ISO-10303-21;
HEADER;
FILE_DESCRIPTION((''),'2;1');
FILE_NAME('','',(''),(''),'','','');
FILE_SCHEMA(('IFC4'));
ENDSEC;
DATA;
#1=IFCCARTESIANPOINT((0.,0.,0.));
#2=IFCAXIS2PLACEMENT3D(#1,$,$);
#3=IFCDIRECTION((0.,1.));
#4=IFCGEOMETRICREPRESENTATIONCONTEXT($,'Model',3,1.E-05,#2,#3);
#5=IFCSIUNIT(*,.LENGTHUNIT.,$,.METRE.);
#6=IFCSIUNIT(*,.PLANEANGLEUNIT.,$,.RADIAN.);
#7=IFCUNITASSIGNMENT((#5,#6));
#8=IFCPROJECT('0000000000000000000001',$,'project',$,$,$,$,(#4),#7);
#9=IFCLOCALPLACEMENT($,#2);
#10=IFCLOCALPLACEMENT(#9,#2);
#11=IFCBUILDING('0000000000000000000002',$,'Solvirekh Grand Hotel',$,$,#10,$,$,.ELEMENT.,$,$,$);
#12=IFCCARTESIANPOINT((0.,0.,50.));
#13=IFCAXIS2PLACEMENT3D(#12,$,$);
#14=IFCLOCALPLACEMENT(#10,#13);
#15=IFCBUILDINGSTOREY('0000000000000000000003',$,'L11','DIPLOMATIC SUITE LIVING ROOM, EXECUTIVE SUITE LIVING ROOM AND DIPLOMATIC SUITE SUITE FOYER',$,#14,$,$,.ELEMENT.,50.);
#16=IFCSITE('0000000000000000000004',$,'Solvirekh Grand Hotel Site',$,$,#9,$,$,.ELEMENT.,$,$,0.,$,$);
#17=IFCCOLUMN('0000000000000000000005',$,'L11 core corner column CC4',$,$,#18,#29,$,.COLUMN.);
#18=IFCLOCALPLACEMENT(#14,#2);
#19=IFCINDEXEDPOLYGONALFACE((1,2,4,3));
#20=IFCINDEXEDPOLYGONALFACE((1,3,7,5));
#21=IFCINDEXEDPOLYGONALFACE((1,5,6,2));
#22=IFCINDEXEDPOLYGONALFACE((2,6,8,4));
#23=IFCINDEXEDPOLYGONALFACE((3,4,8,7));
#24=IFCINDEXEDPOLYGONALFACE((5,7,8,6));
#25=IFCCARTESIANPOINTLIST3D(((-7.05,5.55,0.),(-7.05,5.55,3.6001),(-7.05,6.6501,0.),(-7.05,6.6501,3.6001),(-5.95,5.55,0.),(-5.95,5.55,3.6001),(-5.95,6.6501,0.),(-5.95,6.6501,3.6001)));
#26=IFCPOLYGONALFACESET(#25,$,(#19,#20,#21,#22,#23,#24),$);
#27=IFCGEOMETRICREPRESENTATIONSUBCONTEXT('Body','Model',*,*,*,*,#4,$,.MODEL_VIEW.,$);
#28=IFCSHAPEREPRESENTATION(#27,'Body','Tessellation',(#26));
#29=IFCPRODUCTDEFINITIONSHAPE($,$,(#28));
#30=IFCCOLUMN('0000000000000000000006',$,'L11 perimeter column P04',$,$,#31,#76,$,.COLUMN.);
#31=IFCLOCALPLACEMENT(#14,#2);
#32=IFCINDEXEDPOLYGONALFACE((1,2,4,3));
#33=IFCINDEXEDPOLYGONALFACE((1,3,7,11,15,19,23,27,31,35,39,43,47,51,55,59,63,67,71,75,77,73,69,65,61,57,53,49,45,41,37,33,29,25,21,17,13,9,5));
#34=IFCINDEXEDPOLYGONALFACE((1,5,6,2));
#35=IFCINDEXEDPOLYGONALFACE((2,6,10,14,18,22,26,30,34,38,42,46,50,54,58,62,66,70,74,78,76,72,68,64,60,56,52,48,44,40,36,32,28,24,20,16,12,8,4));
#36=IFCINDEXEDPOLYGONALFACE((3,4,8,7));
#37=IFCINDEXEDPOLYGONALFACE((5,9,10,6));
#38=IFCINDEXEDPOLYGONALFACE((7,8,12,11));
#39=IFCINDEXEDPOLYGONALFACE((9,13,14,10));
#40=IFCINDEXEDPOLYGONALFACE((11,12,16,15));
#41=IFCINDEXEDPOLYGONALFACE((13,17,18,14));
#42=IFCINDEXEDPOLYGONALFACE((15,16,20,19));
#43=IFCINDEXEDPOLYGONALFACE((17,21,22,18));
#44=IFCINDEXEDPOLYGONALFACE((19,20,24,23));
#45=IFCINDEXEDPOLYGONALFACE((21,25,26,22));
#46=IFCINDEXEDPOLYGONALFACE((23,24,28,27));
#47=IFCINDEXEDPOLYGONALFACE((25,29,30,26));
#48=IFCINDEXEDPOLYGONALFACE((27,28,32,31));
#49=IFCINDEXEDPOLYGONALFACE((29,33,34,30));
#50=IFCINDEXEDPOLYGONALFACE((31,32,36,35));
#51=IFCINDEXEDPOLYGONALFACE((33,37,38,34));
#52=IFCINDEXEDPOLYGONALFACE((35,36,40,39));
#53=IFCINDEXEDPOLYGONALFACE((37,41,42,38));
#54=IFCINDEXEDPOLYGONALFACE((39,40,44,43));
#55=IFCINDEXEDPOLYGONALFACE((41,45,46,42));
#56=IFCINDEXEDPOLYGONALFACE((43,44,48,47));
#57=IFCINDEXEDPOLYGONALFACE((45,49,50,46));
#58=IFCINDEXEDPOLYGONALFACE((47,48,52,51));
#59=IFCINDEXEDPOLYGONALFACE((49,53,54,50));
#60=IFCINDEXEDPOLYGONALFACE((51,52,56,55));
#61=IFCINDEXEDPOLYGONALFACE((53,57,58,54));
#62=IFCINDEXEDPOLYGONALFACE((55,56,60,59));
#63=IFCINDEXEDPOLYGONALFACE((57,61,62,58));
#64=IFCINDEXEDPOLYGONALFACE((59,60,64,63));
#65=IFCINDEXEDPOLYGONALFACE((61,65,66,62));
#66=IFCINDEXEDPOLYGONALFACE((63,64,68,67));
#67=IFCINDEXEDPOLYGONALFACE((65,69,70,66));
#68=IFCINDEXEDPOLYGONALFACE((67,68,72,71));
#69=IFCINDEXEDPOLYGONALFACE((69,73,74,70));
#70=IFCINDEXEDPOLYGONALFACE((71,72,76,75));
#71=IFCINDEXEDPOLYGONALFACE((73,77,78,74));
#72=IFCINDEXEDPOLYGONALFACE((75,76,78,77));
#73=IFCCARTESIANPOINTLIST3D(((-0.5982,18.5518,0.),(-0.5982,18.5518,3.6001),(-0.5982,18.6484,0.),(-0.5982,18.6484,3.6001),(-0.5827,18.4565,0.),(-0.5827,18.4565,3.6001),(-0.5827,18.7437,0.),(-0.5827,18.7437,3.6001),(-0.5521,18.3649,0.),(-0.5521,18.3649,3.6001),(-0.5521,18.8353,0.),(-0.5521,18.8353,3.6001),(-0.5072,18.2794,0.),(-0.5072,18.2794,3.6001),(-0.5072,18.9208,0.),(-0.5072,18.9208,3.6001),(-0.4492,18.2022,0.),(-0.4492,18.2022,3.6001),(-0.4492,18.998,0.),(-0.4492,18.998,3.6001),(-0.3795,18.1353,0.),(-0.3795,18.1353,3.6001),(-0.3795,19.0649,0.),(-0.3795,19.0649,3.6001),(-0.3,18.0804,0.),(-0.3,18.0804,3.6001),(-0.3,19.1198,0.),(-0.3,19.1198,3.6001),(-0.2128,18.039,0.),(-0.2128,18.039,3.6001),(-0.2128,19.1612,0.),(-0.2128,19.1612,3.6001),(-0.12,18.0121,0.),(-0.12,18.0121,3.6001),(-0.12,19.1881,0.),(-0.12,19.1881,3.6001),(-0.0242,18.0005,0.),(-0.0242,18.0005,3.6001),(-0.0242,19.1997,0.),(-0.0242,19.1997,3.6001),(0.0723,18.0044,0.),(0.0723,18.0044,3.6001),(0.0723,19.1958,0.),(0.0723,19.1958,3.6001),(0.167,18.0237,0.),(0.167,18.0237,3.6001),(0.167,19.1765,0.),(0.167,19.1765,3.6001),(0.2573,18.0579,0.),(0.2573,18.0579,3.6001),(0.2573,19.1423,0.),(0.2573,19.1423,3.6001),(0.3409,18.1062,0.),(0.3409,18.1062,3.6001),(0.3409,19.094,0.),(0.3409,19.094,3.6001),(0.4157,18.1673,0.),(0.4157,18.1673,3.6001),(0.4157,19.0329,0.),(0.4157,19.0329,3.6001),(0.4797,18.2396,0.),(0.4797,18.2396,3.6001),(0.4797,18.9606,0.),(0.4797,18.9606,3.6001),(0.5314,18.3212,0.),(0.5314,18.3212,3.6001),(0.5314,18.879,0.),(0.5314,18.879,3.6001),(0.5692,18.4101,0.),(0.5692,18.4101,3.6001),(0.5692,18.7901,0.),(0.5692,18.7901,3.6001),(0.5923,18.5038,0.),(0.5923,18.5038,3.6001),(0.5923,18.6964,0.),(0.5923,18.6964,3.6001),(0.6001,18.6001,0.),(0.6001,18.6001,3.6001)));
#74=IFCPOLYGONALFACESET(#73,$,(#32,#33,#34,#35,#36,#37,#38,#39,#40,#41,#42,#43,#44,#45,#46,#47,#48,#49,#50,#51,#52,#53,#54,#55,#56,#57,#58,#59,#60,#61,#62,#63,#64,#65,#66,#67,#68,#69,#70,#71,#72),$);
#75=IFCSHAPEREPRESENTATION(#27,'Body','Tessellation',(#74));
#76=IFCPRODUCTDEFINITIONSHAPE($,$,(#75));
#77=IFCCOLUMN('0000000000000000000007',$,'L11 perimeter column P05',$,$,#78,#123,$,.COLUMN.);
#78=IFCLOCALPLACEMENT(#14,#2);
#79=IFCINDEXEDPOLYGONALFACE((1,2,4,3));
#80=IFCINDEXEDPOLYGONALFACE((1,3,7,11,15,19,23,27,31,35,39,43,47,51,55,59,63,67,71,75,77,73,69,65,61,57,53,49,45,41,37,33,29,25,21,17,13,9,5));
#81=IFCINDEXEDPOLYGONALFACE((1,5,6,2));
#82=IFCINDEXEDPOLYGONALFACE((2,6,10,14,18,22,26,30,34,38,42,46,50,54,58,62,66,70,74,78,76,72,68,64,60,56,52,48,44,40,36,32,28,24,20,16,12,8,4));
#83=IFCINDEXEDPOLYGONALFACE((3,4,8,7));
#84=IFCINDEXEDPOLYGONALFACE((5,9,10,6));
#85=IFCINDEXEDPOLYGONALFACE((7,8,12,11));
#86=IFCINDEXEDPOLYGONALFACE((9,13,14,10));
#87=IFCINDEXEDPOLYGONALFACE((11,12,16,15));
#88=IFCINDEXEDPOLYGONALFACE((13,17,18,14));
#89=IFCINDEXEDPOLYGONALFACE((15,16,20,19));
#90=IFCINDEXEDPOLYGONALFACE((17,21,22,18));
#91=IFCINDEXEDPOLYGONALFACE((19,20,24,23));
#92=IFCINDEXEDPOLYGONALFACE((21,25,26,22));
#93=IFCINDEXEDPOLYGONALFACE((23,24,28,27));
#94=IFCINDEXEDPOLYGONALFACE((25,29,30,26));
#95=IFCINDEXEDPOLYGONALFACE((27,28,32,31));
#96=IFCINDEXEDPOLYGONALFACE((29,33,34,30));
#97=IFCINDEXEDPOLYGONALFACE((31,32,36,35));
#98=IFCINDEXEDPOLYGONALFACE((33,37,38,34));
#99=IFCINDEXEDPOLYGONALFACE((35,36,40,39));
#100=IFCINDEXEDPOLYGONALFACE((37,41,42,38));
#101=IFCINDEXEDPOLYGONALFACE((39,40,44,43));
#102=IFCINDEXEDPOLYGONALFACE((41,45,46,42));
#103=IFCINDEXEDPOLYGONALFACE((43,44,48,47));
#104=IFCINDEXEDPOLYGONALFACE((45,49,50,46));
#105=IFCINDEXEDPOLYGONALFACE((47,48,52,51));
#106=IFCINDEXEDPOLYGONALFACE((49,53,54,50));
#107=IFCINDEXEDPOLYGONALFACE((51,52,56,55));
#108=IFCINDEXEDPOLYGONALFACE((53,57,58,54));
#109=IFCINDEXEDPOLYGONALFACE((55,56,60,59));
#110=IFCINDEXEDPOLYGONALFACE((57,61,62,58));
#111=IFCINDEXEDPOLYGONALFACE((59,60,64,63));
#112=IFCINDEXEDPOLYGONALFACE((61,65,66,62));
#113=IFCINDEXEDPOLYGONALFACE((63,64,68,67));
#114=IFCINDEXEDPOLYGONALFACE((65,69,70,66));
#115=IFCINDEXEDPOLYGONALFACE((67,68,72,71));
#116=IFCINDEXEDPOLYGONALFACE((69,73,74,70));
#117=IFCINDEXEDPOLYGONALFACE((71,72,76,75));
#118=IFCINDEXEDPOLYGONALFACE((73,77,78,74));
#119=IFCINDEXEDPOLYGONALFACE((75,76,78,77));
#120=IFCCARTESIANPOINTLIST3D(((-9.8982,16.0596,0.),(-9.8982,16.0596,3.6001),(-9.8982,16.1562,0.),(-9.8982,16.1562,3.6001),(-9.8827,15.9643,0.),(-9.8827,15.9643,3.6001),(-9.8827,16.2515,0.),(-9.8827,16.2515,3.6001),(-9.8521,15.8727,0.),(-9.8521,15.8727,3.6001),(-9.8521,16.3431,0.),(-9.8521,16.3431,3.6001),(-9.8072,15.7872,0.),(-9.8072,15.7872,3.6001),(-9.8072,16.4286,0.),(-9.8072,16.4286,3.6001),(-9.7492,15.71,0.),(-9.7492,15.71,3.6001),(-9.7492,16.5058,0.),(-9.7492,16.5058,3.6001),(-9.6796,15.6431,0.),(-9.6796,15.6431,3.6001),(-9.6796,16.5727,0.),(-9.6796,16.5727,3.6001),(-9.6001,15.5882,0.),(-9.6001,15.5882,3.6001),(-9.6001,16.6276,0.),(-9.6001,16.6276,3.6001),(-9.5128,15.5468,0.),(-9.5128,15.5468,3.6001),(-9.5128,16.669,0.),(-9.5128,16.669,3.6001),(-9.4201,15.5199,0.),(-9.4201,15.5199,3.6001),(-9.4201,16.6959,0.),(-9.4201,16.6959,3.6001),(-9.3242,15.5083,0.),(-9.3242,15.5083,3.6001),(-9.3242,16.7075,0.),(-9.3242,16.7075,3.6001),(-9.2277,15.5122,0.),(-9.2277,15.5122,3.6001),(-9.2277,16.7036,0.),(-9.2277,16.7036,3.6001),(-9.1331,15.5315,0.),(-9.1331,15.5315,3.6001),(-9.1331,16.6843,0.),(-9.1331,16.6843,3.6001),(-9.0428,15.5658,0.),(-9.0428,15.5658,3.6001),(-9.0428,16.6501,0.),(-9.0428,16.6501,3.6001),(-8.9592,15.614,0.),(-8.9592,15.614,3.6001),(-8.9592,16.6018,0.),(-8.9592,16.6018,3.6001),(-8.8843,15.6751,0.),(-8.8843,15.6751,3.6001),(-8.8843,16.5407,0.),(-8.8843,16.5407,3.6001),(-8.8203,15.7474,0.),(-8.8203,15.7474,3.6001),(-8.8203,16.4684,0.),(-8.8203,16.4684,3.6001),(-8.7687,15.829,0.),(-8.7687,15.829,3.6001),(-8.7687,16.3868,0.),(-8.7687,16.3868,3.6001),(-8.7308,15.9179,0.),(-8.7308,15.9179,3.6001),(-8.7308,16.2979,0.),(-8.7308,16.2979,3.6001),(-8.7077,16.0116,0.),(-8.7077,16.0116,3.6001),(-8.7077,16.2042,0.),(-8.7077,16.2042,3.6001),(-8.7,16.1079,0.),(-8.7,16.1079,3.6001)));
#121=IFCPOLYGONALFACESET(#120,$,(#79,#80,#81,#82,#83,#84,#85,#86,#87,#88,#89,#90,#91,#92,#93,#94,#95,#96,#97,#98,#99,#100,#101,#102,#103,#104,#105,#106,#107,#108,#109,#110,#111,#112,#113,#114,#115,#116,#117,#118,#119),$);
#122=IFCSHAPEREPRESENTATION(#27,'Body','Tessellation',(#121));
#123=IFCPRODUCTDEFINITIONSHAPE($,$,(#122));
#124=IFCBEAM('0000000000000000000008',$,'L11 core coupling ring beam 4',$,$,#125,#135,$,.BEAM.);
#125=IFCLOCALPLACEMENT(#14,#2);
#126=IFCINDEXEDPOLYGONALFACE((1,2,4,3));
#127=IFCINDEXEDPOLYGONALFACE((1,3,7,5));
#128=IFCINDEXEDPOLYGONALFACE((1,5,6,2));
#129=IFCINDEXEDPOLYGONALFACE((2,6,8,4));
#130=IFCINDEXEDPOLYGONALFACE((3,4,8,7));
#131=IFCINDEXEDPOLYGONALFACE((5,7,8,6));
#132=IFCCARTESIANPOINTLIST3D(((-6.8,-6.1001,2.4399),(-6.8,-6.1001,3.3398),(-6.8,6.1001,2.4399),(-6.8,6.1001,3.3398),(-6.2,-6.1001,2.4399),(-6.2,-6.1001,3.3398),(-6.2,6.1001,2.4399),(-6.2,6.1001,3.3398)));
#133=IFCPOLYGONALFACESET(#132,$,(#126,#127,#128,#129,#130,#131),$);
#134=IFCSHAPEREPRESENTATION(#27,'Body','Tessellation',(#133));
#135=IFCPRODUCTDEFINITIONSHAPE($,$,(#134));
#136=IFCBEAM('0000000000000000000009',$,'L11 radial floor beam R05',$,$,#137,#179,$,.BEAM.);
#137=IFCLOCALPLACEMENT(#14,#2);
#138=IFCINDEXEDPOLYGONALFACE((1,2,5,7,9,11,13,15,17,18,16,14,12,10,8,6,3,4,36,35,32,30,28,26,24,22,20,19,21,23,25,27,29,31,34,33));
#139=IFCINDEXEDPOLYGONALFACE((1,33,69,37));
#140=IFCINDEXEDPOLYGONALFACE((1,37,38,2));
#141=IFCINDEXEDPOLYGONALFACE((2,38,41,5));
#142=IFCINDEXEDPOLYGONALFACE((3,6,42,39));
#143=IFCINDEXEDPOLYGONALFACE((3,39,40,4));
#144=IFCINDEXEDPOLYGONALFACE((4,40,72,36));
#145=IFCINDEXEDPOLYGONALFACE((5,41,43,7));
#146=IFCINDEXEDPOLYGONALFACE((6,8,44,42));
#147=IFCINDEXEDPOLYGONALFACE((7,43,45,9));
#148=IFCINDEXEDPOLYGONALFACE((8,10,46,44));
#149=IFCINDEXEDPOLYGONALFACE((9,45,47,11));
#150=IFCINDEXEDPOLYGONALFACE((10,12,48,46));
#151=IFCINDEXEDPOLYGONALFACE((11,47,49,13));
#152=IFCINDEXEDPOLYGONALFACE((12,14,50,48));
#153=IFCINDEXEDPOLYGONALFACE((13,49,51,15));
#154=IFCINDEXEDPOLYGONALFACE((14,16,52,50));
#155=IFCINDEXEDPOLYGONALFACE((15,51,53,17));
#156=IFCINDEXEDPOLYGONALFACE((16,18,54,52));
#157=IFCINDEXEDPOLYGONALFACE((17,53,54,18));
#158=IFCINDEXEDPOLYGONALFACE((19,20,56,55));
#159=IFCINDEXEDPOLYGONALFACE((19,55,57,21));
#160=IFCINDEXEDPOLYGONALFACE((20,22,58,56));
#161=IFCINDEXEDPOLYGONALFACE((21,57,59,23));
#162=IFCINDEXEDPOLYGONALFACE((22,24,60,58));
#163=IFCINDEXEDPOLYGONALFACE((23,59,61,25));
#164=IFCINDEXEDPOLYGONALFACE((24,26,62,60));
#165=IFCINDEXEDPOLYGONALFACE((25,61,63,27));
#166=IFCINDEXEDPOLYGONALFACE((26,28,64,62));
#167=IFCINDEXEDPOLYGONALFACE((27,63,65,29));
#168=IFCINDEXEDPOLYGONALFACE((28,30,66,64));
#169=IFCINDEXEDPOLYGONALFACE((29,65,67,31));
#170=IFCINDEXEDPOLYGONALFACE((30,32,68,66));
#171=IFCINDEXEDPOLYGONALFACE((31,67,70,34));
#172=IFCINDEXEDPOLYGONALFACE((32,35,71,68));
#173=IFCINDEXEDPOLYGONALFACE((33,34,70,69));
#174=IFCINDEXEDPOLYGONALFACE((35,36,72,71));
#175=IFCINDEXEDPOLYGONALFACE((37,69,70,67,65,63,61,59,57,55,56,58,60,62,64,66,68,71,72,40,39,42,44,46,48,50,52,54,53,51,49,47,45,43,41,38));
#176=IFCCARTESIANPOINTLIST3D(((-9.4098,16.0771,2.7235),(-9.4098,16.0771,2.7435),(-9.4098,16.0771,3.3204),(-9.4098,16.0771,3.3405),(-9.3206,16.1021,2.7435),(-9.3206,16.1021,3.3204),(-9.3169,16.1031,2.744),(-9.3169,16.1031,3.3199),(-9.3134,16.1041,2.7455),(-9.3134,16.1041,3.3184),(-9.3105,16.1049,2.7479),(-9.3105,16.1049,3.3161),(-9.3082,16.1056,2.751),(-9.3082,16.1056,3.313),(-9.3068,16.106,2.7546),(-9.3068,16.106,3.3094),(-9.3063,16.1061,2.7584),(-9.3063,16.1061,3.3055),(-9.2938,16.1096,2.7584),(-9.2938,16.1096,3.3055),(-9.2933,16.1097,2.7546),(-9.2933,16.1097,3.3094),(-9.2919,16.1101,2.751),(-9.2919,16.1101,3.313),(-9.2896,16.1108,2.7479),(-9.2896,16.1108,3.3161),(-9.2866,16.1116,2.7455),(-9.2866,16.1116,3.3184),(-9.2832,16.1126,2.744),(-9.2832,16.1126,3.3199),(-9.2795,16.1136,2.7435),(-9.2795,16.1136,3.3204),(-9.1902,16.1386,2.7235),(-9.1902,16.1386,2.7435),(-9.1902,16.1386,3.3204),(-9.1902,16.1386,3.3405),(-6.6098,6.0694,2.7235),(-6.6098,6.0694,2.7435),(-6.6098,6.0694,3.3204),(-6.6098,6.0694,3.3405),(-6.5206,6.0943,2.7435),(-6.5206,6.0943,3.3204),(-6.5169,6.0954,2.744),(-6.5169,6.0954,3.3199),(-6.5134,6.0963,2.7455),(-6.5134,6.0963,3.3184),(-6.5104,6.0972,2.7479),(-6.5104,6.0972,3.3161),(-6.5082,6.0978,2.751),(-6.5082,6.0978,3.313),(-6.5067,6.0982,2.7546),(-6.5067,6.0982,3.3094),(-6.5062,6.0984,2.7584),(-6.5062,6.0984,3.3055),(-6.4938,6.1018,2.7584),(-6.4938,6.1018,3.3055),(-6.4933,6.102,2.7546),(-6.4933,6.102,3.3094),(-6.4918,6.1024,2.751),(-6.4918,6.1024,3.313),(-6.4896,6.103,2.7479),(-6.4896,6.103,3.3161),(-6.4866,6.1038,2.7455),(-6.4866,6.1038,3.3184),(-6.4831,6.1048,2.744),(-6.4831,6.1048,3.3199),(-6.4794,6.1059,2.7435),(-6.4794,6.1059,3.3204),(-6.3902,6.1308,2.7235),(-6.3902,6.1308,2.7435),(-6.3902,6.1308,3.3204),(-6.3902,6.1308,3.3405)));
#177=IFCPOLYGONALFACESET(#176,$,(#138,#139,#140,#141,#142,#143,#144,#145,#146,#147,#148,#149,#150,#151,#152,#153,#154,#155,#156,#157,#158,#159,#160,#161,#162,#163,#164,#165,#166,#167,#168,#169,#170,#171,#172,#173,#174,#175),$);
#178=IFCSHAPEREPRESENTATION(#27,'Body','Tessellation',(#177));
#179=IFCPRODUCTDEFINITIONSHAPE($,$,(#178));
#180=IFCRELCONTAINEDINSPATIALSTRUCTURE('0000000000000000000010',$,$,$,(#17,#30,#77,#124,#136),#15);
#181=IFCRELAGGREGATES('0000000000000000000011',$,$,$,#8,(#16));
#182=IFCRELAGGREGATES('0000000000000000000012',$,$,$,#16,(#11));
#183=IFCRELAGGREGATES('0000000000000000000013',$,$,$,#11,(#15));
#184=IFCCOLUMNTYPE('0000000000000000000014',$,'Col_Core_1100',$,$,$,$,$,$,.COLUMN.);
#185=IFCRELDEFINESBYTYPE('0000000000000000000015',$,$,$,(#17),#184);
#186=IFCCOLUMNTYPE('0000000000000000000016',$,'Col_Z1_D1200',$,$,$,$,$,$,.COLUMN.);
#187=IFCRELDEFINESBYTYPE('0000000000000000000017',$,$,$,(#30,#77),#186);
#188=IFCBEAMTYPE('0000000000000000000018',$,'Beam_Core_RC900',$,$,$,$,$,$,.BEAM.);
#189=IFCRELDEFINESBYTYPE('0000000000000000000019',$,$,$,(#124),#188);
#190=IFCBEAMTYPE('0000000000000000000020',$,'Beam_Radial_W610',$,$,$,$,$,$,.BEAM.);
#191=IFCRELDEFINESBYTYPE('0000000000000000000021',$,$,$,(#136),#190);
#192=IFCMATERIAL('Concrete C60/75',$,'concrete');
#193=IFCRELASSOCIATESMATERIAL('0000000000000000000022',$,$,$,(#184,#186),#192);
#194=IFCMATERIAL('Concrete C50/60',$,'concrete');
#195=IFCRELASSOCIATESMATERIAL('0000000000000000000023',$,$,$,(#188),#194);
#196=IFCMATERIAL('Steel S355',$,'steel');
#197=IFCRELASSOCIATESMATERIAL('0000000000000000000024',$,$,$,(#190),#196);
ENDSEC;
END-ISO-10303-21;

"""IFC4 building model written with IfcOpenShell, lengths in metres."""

from ifc_helpers import new_model, si_unit, direction, frame, origin, origin_2d, place, context, subcontext, project, spatial, rectangle, circle, i_section, extrude, material, material_profile, profile_set, type_object, element, save


model = new_model("IFC4")

# Units and contexts
model_context = context("Model", 3, precision=1e-05, world=origin(), true_north=direction((0.0, 1.0)))
body_context = subcontext(model_context, "Body", "Model", "MODEL_VIEW")
ifc_project = project(units=[si_unit("LENGTHUNIT", "METRE"), si_unit("PLANEANGLEUNIT", "RADIAN")], contexts=[model_context])

# Site, building, storey
site_placement = place(None, origin())
site = spatial("IfcSite", under=ifc_project, at=site_placement, Name="Solvirekh Grand Hotel Site", CompositionType="ELEMENT", RefElevation=0.0)
building_placement = place(site_placement, origin())
building = spatial("IfcBuilding", under=site, at=building_placement, Name="Solvirekh Grand Hotel", CompositionType="ELEMENT")
storey_placement = place(building_placement, frame((0.0, 0.0, 50.0)))
storey = spatial("IfcBuildingStorey", under=building, at=storey_placement, Name="L11", Description="DIPLOMATIC SUITE LIVING ROOM, EXECUTIVE SUITE LIVING ROOM AND DIPLOMATIC SUITE SUITE FOYER", CompositionType="ELEMENT", Elevation=50.0)

# Columns
ifc_material_1 = material(Name="Concrete C60/75", Category="concrete")
ifc_material_profile_1 = material_profile(ifc_material_1, rectangle(XDim=1.1001, YDim=1.1001, at=origin_2d()), Name="RC 1100X1100")
ifc_profile_set_1 = profile_set([ifc_material_profile_1], Name="Concrete C60/75")
column_type_1 = type_object("IfcColumnType", Name="Col_Core_1100", PredefinedType="COLUMN", material=ifc_profile_set_1)
column_placement = place(storey_placement, frame((-6.5, 6.1001, 0.0), z_axis=(0.0, 0.0, 1.0), x_axis=(1.0, 0.0, 0.0)))
element("IfcColumn", 1, at=column_placement, inside=storey, type_object=column_type_1, Name="L11 core corner column CC4", PredefinedType="COLUMN", context=body_context, shape_type="SweptSolid", body=[
    extrude(rectangle(XDim=1.1001, YDim=1.1001, at=origin_2d()), origin(), (0.0, 0.0, 1.0), 3.6001),
])
ifc_material_profile_2 = material_profile(ifc_material_1, circle(Radius=0.6001, at=origin_2d()), Name="RC CIRC D1200")
ifc_profile_set_2 = profile_set([ifc_material_profile_2], Name="Concrete C60/75")
column_type_2 = type_object("IfcColumnType", Name="Col_Z1_D1200", PredefinedType="COLUMN", material=ifc_profile_set_2)
for number, where, z_axis, x_axis, name in (
    (2, (0.0, 18.6001, 0.0), (0.0, 0.0, 1.0), (1.0, 0.0, 0.0), "L11 perimeter column P04"),
    (3, (-9.3, 16.1079, 0.0), (0.0, 0.0, 1.0), (1.0, 0.0, 0.0), "L11 perimeter column P05"),
):
    element("IfcColumn", number, at=place(storey_placement, frame(where, z_axis=z_axis, x_axis=x_axis)), inside=storey, type_object=column_type_2, Name=name, PredefinedType="COLUMN", context=body_context, shape_type="SweptSolid", body=[
        extrude(circle(Radius=0.6001, at=origin_2d()), origin(), (0.0, 0.0, 1.0), 3.6001),
    ])

# Beams
ifc_material_2 = material(Name="Concrete C50/60", Category="concrete")
ifc_material_profile_3 = material_profile(ifc_material_2, rectangle(XDim=0.6001, YDim=0.8999, at=origin_2d()), Name="RC BEAM 600X900")
ifc_profile_set_3 = profile_set([ifc_material_profile_3], Name="Concrete C50/60")
beam_type_1 = type_object("IfcBeamType", Name="Beam_Core_RC900", PredefinedType="BEAM", material=ifc_profile_set_3)
beam_1_placement = place(storey_placement, frame((-6.5, 6.1001, 2.8899), z_axis=(0.0, -1.0, 0.0), x_axis=(1.0, 0.0, 0.0)))
element("IfcBeam", 4, at=beam_1_placement, inside=storey, type_object=beam_type_1, Name="L11 core coupling ring beam 4", PredefinedType="BEAM", context=body_context, shape_type="SweptSolid", body=[
    extrude(rectangle(XDim=0.6001, YDim=0.8999, at=origin_2d()), origin(), (0.0, 0.0, 1.0), 12.2002),
])
ifc_material_3 = material(Name="Steel S355", Category="steel")
ifc_material_profile_4 = material_profile(ifc_material_3, i_section(OverallWidth=0.228, OverallDepth=0.6169, WebThickness=0.0129, FlangeThickness=0.02, FilletRadius=0.0149, at=origin_2d()), Name="W610X140")
ifc_profile_set_4 = profile_set([ifc_material_profile_4], Name="Steel S355")
beam_type_2 = type_object("IfcBeamType", Name="Beam_Radial_W610", PredefinedType="BEAM", material=ifc_profile_set_4)
beam_2_placement = place(storey_placement, frame((-6.5, 6.1001, 3.032), z_axis=(-0.269439, 0.963017, 0.0), x_axis=(-0.963017, -0.269439, 0.0)))
element("IfcBeam", 5, at=beam_2_placement, inside=storey, type_object=beam_type_2, Name="L11 radial floor beam R05", PredefinedType="BEAM", context=body_context, shape_type="SweptSolid", body=[
    extrude(i_section(OverallWidth=0.228, OverallDepth=0.6169, WebThickness=0.0129, FlangeThickness=0.02, FilletRadius=0.0149, at=origin_2d()), origin(), (0.0, 0.0, 1.0), 10.3921),
])

save(model, "model.ifc")
